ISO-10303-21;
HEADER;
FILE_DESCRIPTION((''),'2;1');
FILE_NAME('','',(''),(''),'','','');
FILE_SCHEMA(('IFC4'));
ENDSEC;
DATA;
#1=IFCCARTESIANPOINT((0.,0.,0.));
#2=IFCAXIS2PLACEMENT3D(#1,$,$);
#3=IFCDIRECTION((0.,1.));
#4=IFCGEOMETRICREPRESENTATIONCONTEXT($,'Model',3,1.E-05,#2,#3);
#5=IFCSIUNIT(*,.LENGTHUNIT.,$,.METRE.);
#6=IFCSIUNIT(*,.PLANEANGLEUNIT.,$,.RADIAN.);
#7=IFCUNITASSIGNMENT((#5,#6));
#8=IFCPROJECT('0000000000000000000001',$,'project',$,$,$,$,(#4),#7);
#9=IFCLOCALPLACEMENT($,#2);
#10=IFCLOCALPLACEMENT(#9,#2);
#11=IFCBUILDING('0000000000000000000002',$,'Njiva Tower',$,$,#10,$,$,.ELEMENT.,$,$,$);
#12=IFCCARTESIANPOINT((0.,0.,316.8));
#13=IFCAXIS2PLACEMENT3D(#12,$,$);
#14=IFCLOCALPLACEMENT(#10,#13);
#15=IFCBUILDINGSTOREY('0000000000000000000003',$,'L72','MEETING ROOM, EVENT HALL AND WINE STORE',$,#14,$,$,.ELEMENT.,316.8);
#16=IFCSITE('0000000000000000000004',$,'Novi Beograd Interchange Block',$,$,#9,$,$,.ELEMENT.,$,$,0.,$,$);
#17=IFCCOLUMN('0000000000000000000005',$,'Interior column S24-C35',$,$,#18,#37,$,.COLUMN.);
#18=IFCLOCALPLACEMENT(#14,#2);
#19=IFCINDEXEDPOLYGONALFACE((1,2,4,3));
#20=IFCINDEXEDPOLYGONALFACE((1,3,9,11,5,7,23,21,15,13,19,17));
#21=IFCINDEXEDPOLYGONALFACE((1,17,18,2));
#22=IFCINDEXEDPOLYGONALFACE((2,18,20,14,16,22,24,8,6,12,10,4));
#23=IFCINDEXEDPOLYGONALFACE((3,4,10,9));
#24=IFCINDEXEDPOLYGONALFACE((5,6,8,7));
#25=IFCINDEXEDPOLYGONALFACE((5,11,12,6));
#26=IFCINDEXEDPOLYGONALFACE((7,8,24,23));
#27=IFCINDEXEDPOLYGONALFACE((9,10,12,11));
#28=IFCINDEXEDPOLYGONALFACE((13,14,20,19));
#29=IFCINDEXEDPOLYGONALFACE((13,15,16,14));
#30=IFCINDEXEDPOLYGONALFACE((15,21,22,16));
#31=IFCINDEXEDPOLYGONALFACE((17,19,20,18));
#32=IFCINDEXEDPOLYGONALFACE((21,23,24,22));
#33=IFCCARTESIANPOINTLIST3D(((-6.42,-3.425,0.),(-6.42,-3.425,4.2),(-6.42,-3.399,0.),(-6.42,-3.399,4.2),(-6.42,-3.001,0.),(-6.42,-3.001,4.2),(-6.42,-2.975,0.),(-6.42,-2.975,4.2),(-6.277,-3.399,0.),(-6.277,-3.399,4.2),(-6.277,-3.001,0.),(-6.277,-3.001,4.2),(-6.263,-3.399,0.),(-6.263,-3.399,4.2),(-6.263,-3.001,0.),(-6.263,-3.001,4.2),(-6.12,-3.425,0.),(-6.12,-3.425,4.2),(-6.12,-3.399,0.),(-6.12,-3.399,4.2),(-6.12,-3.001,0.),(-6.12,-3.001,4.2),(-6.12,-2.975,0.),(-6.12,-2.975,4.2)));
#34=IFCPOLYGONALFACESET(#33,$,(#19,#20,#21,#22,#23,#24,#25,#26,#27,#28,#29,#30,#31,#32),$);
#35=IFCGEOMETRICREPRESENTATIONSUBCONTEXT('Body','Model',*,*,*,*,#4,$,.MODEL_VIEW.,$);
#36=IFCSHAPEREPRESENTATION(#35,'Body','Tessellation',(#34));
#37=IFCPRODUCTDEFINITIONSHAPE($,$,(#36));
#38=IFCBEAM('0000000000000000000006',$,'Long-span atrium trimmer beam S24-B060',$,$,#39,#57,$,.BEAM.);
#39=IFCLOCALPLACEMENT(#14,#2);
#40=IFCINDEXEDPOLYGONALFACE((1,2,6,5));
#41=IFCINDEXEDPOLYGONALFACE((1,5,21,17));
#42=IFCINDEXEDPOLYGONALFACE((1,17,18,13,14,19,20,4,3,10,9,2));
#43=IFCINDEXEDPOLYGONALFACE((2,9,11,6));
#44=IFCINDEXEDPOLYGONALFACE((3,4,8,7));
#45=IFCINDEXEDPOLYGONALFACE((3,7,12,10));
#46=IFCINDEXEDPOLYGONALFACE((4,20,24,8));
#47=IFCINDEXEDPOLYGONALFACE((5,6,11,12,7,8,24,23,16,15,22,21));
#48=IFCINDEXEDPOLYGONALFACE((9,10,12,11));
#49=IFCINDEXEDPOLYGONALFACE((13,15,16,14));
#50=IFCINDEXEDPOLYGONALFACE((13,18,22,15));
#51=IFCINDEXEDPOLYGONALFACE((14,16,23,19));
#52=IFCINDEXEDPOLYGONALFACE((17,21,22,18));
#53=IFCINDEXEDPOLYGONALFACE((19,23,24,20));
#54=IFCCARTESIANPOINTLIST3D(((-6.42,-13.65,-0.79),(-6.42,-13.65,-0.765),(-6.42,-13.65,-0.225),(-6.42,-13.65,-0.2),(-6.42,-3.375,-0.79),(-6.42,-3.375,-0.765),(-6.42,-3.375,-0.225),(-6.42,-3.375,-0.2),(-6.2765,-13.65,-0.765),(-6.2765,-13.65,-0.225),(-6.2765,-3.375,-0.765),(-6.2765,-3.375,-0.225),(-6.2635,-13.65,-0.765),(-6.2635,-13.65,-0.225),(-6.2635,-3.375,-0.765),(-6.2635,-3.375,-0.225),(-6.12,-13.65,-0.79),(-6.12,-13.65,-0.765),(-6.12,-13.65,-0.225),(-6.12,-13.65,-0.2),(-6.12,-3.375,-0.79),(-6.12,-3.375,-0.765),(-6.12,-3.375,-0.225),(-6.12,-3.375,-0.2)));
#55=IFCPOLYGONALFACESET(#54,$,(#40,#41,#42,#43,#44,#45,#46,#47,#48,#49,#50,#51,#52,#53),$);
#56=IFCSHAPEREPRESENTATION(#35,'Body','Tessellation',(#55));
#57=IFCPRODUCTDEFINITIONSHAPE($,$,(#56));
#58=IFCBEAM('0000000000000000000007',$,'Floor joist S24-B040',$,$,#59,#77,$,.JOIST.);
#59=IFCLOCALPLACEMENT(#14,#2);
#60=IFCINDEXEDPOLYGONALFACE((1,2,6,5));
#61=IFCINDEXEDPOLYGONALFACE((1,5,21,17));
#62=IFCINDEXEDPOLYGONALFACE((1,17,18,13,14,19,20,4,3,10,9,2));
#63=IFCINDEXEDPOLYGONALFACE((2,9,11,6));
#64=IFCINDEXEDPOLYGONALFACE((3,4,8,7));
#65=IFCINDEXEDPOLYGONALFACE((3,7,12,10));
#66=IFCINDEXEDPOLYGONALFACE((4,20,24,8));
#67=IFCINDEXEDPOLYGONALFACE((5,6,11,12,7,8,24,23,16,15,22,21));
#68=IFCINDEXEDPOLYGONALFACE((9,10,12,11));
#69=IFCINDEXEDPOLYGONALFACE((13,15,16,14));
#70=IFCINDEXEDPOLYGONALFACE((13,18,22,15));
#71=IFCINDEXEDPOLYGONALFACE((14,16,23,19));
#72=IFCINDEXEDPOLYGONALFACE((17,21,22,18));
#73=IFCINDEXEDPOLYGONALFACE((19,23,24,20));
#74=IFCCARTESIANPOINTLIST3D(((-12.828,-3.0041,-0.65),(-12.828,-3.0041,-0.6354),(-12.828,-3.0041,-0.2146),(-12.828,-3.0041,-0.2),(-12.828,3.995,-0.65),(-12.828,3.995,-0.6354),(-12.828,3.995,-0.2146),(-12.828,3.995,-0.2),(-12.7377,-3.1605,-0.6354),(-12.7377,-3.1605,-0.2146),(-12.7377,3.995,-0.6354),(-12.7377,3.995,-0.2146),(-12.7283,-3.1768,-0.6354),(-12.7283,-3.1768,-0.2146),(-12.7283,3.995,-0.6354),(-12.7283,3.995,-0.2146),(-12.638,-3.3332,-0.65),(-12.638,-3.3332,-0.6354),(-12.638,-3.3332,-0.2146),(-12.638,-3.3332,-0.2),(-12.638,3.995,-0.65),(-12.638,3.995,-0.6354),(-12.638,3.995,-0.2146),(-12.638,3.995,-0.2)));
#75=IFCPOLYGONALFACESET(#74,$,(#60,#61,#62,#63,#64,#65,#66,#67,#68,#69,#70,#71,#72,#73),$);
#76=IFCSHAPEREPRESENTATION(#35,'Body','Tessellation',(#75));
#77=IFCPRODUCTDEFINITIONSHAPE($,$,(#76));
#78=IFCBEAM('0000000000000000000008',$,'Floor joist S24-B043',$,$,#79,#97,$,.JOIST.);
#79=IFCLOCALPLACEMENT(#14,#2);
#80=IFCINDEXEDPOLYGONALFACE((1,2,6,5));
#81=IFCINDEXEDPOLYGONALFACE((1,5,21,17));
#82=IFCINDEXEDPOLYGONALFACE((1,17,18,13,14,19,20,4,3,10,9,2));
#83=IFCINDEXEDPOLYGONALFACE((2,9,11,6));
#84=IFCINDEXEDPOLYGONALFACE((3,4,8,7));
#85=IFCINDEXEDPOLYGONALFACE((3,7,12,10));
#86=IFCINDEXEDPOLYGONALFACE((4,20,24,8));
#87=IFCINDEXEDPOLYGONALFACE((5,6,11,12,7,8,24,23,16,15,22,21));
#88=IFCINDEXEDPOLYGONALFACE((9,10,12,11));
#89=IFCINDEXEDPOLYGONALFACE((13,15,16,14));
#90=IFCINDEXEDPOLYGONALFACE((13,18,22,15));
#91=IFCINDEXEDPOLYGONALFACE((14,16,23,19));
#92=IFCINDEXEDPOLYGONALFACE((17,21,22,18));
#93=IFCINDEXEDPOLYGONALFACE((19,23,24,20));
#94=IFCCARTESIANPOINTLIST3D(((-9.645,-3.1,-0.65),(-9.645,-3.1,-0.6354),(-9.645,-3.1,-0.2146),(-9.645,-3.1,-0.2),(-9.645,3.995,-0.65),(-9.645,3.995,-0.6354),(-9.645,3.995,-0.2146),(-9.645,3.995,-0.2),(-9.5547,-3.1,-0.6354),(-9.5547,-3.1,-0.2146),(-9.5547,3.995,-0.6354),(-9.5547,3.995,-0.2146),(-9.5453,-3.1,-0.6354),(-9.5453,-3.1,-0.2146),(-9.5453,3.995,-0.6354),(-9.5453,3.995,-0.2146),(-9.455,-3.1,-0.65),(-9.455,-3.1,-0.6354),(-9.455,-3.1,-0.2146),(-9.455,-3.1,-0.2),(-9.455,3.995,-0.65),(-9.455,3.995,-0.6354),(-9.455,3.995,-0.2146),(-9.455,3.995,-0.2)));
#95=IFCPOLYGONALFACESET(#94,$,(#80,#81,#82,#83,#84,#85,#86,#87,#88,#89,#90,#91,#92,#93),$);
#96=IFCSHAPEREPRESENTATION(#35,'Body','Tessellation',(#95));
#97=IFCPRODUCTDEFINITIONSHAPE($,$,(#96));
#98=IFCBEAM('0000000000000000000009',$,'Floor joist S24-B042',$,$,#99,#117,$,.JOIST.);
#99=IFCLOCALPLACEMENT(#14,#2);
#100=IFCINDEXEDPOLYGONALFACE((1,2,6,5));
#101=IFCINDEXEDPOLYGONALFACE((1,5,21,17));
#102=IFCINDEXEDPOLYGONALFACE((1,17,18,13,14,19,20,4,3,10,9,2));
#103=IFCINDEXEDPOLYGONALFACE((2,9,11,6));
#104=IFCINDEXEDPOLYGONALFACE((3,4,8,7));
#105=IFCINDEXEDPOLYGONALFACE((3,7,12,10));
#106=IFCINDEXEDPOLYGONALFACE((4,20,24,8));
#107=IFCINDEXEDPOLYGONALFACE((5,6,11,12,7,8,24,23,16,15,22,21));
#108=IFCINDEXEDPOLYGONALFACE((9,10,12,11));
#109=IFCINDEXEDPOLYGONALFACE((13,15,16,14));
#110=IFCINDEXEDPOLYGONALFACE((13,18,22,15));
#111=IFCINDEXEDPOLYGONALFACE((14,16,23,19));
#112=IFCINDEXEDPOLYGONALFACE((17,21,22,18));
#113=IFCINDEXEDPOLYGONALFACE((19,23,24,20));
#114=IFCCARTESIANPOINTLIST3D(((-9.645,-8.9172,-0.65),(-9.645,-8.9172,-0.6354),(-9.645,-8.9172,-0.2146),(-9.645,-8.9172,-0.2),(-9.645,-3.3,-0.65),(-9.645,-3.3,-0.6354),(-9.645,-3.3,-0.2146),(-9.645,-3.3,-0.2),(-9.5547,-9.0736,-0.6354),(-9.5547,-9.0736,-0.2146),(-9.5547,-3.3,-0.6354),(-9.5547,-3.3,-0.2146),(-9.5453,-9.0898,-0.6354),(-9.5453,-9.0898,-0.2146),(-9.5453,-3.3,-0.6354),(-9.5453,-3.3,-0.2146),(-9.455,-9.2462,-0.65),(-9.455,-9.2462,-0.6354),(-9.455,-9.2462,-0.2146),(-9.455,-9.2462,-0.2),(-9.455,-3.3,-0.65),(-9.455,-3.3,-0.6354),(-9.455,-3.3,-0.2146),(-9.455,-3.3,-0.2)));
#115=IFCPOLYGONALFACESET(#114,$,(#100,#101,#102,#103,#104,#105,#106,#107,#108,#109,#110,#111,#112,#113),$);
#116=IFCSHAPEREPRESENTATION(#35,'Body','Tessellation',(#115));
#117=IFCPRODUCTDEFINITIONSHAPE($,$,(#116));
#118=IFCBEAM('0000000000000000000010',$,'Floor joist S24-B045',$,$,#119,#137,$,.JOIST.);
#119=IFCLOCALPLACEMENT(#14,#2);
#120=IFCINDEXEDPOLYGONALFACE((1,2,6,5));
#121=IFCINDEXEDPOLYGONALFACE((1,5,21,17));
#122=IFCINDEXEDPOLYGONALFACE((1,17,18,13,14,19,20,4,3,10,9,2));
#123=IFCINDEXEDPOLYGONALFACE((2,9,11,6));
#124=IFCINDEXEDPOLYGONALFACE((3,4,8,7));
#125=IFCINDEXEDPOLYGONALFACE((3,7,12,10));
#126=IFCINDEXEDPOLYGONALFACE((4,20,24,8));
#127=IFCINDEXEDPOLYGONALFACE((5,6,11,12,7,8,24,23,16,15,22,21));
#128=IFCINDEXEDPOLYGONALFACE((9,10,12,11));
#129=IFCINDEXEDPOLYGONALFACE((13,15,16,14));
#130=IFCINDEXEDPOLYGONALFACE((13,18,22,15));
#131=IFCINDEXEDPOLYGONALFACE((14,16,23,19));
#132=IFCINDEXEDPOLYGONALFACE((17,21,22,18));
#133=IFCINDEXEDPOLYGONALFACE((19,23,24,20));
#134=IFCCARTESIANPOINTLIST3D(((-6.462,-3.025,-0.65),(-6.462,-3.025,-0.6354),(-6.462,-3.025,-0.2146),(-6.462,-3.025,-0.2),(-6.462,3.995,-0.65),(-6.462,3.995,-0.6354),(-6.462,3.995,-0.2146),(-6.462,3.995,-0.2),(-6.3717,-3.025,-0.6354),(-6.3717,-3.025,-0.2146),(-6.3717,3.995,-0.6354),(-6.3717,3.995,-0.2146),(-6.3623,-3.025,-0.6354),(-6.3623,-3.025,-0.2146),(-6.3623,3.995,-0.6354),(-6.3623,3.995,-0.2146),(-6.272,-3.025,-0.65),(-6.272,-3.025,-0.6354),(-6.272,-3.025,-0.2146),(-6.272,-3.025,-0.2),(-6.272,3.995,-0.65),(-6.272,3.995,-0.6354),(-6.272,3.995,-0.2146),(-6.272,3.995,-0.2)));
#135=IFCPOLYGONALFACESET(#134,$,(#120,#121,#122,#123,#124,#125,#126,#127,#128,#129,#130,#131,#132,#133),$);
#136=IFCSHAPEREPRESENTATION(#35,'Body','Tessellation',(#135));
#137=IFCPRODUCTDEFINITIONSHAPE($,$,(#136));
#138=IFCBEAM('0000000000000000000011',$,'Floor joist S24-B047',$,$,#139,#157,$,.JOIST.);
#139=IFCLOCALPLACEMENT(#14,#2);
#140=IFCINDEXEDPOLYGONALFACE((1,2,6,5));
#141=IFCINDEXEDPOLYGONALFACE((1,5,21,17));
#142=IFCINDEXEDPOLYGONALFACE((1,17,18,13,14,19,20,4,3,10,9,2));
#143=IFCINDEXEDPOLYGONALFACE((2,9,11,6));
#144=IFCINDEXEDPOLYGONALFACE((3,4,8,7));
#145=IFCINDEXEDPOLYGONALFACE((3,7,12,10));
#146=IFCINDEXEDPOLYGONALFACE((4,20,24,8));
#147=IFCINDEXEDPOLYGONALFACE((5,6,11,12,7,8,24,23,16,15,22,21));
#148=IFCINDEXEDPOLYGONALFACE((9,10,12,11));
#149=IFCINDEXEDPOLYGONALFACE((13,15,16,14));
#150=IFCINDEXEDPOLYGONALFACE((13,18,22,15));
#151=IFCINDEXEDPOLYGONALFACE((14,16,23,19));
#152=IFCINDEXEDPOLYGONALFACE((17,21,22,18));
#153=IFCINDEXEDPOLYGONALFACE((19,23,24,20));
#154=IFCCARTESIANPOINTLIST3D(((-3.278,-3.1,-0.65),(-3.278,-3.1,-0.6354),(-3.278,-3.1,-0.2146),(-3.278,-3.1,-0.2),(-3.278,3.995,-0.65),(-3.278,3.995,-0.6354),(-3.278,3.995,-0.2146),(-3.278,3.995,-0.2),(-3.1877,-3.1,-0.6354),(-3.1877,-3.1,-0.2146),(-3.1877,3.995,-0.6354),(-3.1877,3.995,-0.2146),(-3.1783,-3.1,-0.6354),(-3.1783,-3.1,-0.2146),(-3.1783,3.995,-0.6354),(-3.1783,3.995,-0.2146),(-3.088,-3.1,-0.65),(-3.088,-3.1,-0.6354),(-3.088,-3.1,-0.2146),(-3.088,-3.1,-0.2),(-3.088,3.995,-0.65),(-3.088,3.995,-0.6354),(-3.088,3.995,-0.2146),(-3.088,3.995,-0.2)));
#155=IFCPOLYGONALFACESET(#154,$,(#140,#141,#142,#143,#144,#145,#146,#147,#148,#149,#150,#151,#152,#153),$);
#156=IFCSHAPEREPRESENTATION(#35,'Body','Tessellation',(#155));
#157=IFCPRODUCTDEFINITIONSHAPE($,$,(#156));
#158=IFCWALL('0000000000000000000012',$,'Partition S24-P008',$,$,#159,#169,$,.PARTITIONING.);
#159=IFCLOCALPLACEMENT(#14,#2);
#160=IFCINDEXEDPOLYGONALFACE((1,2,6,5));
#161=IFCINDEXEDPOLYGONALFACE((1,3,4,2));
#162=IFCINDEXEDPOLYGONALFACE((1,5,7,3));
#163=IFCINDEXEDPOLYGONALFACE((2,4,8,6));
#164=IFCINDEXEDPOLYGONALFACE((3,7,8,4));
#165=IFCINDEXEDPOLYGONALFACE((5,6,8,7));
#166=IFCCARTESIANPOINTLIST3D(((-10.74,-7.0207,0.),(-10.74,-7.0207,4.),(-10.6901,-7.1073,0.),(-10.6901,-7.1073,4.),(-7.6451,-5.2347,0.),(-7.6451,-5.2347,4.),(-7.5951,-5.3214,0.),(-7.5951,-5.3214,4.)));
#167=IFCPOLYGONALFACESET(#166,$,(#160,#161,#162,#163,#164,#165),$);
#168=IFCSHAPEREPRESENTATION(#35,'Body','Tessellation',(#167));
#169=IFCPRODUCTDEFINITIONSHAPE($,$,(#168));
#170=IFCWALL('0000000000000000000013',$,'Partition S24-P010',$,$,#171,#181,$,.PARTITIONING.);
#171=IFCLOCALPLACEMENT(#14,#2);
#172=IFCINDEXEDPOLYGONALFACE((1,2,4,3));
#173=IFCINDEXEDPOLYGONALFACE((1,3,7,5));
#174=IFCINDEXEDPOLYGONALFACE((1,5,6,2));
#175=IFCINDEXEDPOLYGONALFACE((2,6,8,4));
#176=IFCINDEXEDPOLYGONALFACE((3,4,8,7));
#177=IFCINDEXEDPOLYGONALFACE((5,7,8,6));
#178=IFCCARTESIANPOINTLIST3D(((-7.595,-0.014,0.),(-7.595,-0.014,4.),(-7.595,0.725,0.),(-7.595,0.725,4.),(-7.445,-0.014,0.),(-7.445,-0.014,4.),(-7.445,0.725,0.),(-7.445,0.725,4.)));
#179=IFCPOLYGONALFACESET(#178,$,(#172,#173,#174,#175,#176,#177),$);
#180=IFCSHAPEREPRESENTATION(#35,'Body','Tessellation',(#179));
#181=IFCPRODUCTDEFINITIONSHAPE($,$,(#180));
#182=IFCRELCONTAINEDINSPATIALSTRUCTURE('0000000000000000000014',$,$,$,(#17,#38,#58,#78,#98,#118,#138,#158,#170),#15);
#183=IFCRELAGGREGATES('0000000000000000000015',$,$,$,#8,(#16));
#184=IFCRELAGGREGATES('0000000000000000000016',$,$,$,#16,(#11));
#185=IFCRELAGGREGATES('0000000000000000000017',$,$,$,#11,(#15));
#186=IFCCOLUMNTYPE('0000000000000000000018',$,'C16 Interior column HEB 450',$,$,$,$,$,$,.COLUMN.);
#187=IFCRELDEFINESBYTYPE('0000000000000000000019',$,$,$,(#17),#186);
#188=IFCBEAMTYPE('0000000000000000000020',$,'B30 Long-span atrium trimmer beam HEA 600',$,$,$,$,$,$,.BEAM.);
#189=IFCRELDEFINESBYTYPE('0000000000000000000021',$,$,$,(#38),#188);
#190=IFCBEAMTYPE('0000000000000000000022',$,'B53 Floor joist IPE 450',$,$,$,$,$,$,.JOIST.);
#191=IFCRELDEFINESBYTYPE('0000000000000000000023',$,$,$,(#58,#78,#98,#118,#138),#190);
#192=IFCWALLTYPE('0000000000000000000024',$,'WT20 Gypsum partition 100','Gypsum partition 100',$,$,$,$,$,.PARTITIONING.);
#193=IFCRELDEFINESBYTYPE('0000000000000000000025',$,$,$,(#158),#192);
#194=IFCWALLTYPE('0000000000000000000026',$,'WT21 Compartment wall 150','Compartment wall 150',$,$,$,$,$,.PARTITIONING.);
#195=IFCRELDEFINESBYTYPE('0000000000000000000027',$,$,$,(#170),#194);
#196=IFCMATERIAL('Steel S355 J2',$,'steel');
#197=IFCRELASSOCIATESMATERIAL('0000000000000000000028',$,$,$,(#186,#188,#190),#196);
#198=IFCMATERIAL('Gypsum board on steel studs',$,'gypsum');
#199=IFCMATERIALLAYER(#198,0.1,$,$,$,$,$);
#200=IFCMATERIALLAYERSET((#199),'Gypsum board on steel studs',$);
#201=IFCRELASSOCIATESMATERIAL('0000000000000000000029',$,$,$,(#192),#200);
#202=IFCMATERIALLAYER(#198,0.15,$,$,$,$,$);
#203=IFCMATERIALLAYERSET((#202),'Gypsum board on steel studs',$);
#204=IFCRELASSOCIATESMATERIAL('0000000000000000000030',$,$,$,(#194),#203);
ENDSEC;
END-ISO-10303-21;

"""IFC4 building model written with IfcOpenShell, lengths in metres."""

from ifc_helpers import new_model, si_unit, direction, frame, frame_2d, origin, origin_2d, place, context, subcontext, project, spatial, rectangle, i_section, extrude, clip, halfspace, material, layer, layer_set, material_profile, profile_set, type_object, element, save


model = new_model("IFC4")

# Units and contexts
model_context = context("Model", 3, precision=1e-05, world=origin(), true_north=direction((0.0, 1.0)))
body_context = subcontext(model_context, "Body", "Model", "MODEL_VIEW")
ifc_project = project(units=[si_unit("LENGTHUNIT", "METRE"), si_unit("PLANEANGLEUNIT", "RADIAN")], contexts=[model_context])

# Site, building, storey
site_placement = place(None, origin())
site = spatial("IfcSite", under=ifc_project, at=site_placement, Name="Novi Beograd Interchange Block", CompositionType="ELEMENT", RefElevation=0.0)
building_placement = place(site_placement, origin())
building = spatial("IfcBuilding", under=site, at=building_placement, Name="Njiva Tower", CompositionType="ELEMENT")
storey_placement = place(building_placement, frame((0.0, 0.0, 316.8)))
storey = spatial("IfcBuildingStorey", under=building, at=storey_placement, Name="L72", Description="MEETING ROOM, EVENT HALL AND WINE STORE", CompositionType="ELEMENT", Elevation=316.8)

# Column
ifc_material_1 = material(Name="Steel S355 J2", Category="steel")
ifc_material_profile_1 = material_profile(ifc_material_1, i_section(OverallWidth=0.3, OverallDepth=0.45, WebThickness=0.014, FlangeThickness=0.026, at=origin_2d()), Name="HEB 450")
ifc_profile_set_1 = profile_set([ifc_material_profile_1], Name="Steel S355 J2")
column_type = type_object("IfcColumnType", Name="C16 Interior column HEB 450", PredefinedType="COLUMN", material=ifc_profile_set_1)
column_placement = place(storey_placement, frame((-6.27, -3.2, 0.0), z_axis=(0.0, 0.0, 1.0), x_axis=(1.0, 0.0, 0.0)))
element("IfcColumn", 1, at=column_placement, inside=storey, type_object=column_type, Name="Interior column S24-C35", PredefinedType="COLUMN", context=body_context, shape_type="SweptSolid", body=[
    extrude(i_section(OverallWidth=0.3, OverallDepth=0.45, WebThickness=0.014, FlangeThickness=0.026, at=origin_2d()), origin(), (0.0, 0.0, 1.0), 4.2),
])

# Beams
ifc_material_profile_2 = material_profile(ifc_material_1, i_section(OverallWidth=0.3, OverallDepth=0.59, WebThickness=0.013, FlangeThickness=0.025, at=origin_2d()), Name="HEA 600")
ifc_profile_set_2 = profile_set([ifc_material_profile_2], Name="Steel S355 J2")
beam_type_1 = type_object("IfcBeamType", Name="B30 Long-span atrium trimmer beam HEA 600", PredefinedType="BEAM", material=ifc_profile_set_2)
beam_1_placement = place(storey_placement, frame((-6.27, -3.375, -0.495), z_axis=(0.0, -1.0, 0.0), x_axis=(1.0, 0.0, 0.0)))
element("IfcBeam", 2, at=beam_1_placement, inside=storey, type_object=beam_type_1, Name="Long-span atrium trimmer beam S24-B060", PredefinedType="BEAM", context=body_context, shape_type="SweptSolid", body=[
    extrude(i_section(OverallWidth=0.3, OverallDepth=0.59, WebThickness=0.013, FlangeThickness=0.025, at=origin_2d()), origin(), (0.0, 0.0, 1.0), 10.275),
])
ifc_material_profile_3 = material_profile(ifc_material_1, i_section(OverallWidth=0.19, OverallDepth=0.45, WebThickness=0.0094, FlangeThickness=0.0146, at=origin_2d()), Name="IPE 450")
ifc_profile_set_3 = profile_set([ifc_material_profile_3], Name="Steel S355 J2")
beam_type_2 = type_object("IfcBeamType", Name="B53 Floor joist IPE 450", PredefinedType="JOIST", material=ifc_profile_set_3)
beam_2_placement = place(storey_placement, frame((-12.733, 3.995, -0.425), z_axis=(0.0, -1.0, 0.0), x_axis=(1.0, 0.0, 0.0)))
element("IfcBeam", 3, at=beam_2_placement, inside=storey, type_object=beam_type_2, Name="Floor joist S24-B040", PredefinedType="JOIST", context=body_context, shape_type="Clipping", body=[
    clip(extrude(i_section(OverallWidth=0.19, OverallDepth=0.45, WebThickness=0.0094, FlangeThickness=0.0146, at=origin_2d()), origin(), (0.0, 0.0, 1.0), 7.348), halfspace(frame((-0.0436, 0.0, 7.0881), z_axis=(-0.866027, 0.0, 0.499998), x_axis=(0.0, 1.0, 0.0)), False)),
])
beam_3_placement = place(storey_placement, frame((-9.55, 3.995, -0.425), z_axis=(0.0, -1.0, 0.0), x_axis=(1.0, 0.0, 0.0)))
element("IfcBeam", 4, at=beam_3_placement, inside=storey, type_object=beam_type_2, Name="Floor joist S24-B043", PredefinedType="JOIST", context=body_context, shape_type="SweptSolid", body=[
    extrude(i_section(OverallWidth=0.19, OverallDepth=0.45, WebThickness=0.0094, FlangeThickness=0.0146, at=origin_2d()), origin(), (0.0, 0.0, 1.0), 7.095),
])
beam_4_placement = place(storey_placement, frame((-9.55, -3.3, -0.425), z_axis=(0.0, -1.0, 0.0), x_axis=(1.0, 0.0, 0.0)))
element("IfcBeam", 5, at=beam_4_placement, inside=storey, type_object=beam_type_2, Name="Floor joist S24-B042", PredefinedType="JOIST", context=body_context, shape_type="Clipping", body=[
    clip(extrude(i_section(OverallWidth=0.19, OverallDepth=0.45, WebThickness=0.0094, FlangeThickness=0.0146, at=origin_2d()), origin(), (0.0, 0.0, 1.0), 5.967), halfspace(frame((-0.0433, 0.0, 5.7067), z_axis=(-0.866027, 0.0, 0.499998), x_axis=(0.0, 1.0, 0.0)), False)),
])
beam_5_placement = place(storey_placement, frame((-6.367, 3.995, -0.425), z_axis=(0.0, -1.0, 0.0), x_axis=(1.0, 0.0, 0.0)))
element("IfcBeam", 6, at=beam_5_placement, inside=storey, type_object=beam_type_2, Name="Floor joist S24-B045", PredefinedType="JOIST", context=body_context, shape_type="SweptSolid", body=[
    extrude(i_section(OverallWidth=0.19, OverallDepth=0.45, WebThickness=0.0094, FlangeThickness=0.0146, at=origin_2d()), origin(), (0.0, 0.0, 1.0), 7.02),
])
beam_6_placement = place(storey_placement, frame((-3.183, 3.995, -0.425), z_axis=(0.0, -1.0, 0.0), x_axis=(1.0, 0.0, 0.0)))
element("IfcBeam", 7, at=beam_6_placement, inside=storey, type_object=beam_type_2, Name="Floor joist S24-B047", PredefinedType="JOIST", context=body_context, shape_type="SweptSolid", body=[
    extrude(i_section(OverallWidth=0.19, OverallDepth=0.45, WebThickness=0.0094, FlangeThickness=0.0146, at=origin_2d()), origin(), (0.0, 0.0, 1.0), 7.095),
])

# Walls
ifc_material_2 = material(Name="Gypsum board on steel studs", Category="gypsum")
ifc_layer_1 = layer(ifc_material_2, 0.1)
ifc_layer_set_1 = layer_set([ifc_layer_1], Name="Gypsum board on steel studs")
wall_type_1 = type_object("IfcWallType", Name="WT20 Gypsum partition 100", Description="Gypsum partition 100", PredefinedType="PARTITIONING", material=ifc_layer_set_1)
wall_1_placement = place(storey_placement, frame((-10.715, -7.064, 0.0), z_axis=(0.0, 0.0, 1.0), x_axis=(0.866134, 0.499811, 0.0)))
element("IfcWall", 8, at=wall_1_placement, inside=storey, type_object=wall_type_1, Name="Partition S24-P008", PredefinedType="PARTITIONING", context=body_context, shape_type="SweptSolid", body=[
    extrude(rectangle(XDim=3.5733, YDim=0.1, at=frame_2d((1.7866, 0.0))), origin(), (0.0, 0.0, 1.0), 4.0),
])
ifc_layer_2 = layer(ifc_material_2, 0.15)
ifc_layer_set_2 = layer_set([ifc_layer_2], Name="Gypsum board on steel studs")
wall_type_2 = type_object("IfcWallType", Name="WT21 Compartment wall 150", Description="Compartment wall 150", PredefinedType="PARTITIONING", material=ifc_layer_set_2)
wall_2_placement = place(storey_placement, frame((-7.52, -0.014, 0.0), z_axis=(0.0, 0.0, 1.0), x_axis=(0.0, 1.0, 0.0)))
element("IfcWall", 9, at=wall_2_placement, inside=storey, type_object=wall_type_2, Name="Partition S24-P010", PredefinedType="PARTITIONING", context=body_context, shape_type="SweptSolid", body=[
    extrude(rectangle(XDim=0.739, YDim=0.15, at=frame_2d((0.3695, 0.0))), origin(), (0.0, 0.0, 1.0), 4.0),
])

save(model, "model.ifc")
